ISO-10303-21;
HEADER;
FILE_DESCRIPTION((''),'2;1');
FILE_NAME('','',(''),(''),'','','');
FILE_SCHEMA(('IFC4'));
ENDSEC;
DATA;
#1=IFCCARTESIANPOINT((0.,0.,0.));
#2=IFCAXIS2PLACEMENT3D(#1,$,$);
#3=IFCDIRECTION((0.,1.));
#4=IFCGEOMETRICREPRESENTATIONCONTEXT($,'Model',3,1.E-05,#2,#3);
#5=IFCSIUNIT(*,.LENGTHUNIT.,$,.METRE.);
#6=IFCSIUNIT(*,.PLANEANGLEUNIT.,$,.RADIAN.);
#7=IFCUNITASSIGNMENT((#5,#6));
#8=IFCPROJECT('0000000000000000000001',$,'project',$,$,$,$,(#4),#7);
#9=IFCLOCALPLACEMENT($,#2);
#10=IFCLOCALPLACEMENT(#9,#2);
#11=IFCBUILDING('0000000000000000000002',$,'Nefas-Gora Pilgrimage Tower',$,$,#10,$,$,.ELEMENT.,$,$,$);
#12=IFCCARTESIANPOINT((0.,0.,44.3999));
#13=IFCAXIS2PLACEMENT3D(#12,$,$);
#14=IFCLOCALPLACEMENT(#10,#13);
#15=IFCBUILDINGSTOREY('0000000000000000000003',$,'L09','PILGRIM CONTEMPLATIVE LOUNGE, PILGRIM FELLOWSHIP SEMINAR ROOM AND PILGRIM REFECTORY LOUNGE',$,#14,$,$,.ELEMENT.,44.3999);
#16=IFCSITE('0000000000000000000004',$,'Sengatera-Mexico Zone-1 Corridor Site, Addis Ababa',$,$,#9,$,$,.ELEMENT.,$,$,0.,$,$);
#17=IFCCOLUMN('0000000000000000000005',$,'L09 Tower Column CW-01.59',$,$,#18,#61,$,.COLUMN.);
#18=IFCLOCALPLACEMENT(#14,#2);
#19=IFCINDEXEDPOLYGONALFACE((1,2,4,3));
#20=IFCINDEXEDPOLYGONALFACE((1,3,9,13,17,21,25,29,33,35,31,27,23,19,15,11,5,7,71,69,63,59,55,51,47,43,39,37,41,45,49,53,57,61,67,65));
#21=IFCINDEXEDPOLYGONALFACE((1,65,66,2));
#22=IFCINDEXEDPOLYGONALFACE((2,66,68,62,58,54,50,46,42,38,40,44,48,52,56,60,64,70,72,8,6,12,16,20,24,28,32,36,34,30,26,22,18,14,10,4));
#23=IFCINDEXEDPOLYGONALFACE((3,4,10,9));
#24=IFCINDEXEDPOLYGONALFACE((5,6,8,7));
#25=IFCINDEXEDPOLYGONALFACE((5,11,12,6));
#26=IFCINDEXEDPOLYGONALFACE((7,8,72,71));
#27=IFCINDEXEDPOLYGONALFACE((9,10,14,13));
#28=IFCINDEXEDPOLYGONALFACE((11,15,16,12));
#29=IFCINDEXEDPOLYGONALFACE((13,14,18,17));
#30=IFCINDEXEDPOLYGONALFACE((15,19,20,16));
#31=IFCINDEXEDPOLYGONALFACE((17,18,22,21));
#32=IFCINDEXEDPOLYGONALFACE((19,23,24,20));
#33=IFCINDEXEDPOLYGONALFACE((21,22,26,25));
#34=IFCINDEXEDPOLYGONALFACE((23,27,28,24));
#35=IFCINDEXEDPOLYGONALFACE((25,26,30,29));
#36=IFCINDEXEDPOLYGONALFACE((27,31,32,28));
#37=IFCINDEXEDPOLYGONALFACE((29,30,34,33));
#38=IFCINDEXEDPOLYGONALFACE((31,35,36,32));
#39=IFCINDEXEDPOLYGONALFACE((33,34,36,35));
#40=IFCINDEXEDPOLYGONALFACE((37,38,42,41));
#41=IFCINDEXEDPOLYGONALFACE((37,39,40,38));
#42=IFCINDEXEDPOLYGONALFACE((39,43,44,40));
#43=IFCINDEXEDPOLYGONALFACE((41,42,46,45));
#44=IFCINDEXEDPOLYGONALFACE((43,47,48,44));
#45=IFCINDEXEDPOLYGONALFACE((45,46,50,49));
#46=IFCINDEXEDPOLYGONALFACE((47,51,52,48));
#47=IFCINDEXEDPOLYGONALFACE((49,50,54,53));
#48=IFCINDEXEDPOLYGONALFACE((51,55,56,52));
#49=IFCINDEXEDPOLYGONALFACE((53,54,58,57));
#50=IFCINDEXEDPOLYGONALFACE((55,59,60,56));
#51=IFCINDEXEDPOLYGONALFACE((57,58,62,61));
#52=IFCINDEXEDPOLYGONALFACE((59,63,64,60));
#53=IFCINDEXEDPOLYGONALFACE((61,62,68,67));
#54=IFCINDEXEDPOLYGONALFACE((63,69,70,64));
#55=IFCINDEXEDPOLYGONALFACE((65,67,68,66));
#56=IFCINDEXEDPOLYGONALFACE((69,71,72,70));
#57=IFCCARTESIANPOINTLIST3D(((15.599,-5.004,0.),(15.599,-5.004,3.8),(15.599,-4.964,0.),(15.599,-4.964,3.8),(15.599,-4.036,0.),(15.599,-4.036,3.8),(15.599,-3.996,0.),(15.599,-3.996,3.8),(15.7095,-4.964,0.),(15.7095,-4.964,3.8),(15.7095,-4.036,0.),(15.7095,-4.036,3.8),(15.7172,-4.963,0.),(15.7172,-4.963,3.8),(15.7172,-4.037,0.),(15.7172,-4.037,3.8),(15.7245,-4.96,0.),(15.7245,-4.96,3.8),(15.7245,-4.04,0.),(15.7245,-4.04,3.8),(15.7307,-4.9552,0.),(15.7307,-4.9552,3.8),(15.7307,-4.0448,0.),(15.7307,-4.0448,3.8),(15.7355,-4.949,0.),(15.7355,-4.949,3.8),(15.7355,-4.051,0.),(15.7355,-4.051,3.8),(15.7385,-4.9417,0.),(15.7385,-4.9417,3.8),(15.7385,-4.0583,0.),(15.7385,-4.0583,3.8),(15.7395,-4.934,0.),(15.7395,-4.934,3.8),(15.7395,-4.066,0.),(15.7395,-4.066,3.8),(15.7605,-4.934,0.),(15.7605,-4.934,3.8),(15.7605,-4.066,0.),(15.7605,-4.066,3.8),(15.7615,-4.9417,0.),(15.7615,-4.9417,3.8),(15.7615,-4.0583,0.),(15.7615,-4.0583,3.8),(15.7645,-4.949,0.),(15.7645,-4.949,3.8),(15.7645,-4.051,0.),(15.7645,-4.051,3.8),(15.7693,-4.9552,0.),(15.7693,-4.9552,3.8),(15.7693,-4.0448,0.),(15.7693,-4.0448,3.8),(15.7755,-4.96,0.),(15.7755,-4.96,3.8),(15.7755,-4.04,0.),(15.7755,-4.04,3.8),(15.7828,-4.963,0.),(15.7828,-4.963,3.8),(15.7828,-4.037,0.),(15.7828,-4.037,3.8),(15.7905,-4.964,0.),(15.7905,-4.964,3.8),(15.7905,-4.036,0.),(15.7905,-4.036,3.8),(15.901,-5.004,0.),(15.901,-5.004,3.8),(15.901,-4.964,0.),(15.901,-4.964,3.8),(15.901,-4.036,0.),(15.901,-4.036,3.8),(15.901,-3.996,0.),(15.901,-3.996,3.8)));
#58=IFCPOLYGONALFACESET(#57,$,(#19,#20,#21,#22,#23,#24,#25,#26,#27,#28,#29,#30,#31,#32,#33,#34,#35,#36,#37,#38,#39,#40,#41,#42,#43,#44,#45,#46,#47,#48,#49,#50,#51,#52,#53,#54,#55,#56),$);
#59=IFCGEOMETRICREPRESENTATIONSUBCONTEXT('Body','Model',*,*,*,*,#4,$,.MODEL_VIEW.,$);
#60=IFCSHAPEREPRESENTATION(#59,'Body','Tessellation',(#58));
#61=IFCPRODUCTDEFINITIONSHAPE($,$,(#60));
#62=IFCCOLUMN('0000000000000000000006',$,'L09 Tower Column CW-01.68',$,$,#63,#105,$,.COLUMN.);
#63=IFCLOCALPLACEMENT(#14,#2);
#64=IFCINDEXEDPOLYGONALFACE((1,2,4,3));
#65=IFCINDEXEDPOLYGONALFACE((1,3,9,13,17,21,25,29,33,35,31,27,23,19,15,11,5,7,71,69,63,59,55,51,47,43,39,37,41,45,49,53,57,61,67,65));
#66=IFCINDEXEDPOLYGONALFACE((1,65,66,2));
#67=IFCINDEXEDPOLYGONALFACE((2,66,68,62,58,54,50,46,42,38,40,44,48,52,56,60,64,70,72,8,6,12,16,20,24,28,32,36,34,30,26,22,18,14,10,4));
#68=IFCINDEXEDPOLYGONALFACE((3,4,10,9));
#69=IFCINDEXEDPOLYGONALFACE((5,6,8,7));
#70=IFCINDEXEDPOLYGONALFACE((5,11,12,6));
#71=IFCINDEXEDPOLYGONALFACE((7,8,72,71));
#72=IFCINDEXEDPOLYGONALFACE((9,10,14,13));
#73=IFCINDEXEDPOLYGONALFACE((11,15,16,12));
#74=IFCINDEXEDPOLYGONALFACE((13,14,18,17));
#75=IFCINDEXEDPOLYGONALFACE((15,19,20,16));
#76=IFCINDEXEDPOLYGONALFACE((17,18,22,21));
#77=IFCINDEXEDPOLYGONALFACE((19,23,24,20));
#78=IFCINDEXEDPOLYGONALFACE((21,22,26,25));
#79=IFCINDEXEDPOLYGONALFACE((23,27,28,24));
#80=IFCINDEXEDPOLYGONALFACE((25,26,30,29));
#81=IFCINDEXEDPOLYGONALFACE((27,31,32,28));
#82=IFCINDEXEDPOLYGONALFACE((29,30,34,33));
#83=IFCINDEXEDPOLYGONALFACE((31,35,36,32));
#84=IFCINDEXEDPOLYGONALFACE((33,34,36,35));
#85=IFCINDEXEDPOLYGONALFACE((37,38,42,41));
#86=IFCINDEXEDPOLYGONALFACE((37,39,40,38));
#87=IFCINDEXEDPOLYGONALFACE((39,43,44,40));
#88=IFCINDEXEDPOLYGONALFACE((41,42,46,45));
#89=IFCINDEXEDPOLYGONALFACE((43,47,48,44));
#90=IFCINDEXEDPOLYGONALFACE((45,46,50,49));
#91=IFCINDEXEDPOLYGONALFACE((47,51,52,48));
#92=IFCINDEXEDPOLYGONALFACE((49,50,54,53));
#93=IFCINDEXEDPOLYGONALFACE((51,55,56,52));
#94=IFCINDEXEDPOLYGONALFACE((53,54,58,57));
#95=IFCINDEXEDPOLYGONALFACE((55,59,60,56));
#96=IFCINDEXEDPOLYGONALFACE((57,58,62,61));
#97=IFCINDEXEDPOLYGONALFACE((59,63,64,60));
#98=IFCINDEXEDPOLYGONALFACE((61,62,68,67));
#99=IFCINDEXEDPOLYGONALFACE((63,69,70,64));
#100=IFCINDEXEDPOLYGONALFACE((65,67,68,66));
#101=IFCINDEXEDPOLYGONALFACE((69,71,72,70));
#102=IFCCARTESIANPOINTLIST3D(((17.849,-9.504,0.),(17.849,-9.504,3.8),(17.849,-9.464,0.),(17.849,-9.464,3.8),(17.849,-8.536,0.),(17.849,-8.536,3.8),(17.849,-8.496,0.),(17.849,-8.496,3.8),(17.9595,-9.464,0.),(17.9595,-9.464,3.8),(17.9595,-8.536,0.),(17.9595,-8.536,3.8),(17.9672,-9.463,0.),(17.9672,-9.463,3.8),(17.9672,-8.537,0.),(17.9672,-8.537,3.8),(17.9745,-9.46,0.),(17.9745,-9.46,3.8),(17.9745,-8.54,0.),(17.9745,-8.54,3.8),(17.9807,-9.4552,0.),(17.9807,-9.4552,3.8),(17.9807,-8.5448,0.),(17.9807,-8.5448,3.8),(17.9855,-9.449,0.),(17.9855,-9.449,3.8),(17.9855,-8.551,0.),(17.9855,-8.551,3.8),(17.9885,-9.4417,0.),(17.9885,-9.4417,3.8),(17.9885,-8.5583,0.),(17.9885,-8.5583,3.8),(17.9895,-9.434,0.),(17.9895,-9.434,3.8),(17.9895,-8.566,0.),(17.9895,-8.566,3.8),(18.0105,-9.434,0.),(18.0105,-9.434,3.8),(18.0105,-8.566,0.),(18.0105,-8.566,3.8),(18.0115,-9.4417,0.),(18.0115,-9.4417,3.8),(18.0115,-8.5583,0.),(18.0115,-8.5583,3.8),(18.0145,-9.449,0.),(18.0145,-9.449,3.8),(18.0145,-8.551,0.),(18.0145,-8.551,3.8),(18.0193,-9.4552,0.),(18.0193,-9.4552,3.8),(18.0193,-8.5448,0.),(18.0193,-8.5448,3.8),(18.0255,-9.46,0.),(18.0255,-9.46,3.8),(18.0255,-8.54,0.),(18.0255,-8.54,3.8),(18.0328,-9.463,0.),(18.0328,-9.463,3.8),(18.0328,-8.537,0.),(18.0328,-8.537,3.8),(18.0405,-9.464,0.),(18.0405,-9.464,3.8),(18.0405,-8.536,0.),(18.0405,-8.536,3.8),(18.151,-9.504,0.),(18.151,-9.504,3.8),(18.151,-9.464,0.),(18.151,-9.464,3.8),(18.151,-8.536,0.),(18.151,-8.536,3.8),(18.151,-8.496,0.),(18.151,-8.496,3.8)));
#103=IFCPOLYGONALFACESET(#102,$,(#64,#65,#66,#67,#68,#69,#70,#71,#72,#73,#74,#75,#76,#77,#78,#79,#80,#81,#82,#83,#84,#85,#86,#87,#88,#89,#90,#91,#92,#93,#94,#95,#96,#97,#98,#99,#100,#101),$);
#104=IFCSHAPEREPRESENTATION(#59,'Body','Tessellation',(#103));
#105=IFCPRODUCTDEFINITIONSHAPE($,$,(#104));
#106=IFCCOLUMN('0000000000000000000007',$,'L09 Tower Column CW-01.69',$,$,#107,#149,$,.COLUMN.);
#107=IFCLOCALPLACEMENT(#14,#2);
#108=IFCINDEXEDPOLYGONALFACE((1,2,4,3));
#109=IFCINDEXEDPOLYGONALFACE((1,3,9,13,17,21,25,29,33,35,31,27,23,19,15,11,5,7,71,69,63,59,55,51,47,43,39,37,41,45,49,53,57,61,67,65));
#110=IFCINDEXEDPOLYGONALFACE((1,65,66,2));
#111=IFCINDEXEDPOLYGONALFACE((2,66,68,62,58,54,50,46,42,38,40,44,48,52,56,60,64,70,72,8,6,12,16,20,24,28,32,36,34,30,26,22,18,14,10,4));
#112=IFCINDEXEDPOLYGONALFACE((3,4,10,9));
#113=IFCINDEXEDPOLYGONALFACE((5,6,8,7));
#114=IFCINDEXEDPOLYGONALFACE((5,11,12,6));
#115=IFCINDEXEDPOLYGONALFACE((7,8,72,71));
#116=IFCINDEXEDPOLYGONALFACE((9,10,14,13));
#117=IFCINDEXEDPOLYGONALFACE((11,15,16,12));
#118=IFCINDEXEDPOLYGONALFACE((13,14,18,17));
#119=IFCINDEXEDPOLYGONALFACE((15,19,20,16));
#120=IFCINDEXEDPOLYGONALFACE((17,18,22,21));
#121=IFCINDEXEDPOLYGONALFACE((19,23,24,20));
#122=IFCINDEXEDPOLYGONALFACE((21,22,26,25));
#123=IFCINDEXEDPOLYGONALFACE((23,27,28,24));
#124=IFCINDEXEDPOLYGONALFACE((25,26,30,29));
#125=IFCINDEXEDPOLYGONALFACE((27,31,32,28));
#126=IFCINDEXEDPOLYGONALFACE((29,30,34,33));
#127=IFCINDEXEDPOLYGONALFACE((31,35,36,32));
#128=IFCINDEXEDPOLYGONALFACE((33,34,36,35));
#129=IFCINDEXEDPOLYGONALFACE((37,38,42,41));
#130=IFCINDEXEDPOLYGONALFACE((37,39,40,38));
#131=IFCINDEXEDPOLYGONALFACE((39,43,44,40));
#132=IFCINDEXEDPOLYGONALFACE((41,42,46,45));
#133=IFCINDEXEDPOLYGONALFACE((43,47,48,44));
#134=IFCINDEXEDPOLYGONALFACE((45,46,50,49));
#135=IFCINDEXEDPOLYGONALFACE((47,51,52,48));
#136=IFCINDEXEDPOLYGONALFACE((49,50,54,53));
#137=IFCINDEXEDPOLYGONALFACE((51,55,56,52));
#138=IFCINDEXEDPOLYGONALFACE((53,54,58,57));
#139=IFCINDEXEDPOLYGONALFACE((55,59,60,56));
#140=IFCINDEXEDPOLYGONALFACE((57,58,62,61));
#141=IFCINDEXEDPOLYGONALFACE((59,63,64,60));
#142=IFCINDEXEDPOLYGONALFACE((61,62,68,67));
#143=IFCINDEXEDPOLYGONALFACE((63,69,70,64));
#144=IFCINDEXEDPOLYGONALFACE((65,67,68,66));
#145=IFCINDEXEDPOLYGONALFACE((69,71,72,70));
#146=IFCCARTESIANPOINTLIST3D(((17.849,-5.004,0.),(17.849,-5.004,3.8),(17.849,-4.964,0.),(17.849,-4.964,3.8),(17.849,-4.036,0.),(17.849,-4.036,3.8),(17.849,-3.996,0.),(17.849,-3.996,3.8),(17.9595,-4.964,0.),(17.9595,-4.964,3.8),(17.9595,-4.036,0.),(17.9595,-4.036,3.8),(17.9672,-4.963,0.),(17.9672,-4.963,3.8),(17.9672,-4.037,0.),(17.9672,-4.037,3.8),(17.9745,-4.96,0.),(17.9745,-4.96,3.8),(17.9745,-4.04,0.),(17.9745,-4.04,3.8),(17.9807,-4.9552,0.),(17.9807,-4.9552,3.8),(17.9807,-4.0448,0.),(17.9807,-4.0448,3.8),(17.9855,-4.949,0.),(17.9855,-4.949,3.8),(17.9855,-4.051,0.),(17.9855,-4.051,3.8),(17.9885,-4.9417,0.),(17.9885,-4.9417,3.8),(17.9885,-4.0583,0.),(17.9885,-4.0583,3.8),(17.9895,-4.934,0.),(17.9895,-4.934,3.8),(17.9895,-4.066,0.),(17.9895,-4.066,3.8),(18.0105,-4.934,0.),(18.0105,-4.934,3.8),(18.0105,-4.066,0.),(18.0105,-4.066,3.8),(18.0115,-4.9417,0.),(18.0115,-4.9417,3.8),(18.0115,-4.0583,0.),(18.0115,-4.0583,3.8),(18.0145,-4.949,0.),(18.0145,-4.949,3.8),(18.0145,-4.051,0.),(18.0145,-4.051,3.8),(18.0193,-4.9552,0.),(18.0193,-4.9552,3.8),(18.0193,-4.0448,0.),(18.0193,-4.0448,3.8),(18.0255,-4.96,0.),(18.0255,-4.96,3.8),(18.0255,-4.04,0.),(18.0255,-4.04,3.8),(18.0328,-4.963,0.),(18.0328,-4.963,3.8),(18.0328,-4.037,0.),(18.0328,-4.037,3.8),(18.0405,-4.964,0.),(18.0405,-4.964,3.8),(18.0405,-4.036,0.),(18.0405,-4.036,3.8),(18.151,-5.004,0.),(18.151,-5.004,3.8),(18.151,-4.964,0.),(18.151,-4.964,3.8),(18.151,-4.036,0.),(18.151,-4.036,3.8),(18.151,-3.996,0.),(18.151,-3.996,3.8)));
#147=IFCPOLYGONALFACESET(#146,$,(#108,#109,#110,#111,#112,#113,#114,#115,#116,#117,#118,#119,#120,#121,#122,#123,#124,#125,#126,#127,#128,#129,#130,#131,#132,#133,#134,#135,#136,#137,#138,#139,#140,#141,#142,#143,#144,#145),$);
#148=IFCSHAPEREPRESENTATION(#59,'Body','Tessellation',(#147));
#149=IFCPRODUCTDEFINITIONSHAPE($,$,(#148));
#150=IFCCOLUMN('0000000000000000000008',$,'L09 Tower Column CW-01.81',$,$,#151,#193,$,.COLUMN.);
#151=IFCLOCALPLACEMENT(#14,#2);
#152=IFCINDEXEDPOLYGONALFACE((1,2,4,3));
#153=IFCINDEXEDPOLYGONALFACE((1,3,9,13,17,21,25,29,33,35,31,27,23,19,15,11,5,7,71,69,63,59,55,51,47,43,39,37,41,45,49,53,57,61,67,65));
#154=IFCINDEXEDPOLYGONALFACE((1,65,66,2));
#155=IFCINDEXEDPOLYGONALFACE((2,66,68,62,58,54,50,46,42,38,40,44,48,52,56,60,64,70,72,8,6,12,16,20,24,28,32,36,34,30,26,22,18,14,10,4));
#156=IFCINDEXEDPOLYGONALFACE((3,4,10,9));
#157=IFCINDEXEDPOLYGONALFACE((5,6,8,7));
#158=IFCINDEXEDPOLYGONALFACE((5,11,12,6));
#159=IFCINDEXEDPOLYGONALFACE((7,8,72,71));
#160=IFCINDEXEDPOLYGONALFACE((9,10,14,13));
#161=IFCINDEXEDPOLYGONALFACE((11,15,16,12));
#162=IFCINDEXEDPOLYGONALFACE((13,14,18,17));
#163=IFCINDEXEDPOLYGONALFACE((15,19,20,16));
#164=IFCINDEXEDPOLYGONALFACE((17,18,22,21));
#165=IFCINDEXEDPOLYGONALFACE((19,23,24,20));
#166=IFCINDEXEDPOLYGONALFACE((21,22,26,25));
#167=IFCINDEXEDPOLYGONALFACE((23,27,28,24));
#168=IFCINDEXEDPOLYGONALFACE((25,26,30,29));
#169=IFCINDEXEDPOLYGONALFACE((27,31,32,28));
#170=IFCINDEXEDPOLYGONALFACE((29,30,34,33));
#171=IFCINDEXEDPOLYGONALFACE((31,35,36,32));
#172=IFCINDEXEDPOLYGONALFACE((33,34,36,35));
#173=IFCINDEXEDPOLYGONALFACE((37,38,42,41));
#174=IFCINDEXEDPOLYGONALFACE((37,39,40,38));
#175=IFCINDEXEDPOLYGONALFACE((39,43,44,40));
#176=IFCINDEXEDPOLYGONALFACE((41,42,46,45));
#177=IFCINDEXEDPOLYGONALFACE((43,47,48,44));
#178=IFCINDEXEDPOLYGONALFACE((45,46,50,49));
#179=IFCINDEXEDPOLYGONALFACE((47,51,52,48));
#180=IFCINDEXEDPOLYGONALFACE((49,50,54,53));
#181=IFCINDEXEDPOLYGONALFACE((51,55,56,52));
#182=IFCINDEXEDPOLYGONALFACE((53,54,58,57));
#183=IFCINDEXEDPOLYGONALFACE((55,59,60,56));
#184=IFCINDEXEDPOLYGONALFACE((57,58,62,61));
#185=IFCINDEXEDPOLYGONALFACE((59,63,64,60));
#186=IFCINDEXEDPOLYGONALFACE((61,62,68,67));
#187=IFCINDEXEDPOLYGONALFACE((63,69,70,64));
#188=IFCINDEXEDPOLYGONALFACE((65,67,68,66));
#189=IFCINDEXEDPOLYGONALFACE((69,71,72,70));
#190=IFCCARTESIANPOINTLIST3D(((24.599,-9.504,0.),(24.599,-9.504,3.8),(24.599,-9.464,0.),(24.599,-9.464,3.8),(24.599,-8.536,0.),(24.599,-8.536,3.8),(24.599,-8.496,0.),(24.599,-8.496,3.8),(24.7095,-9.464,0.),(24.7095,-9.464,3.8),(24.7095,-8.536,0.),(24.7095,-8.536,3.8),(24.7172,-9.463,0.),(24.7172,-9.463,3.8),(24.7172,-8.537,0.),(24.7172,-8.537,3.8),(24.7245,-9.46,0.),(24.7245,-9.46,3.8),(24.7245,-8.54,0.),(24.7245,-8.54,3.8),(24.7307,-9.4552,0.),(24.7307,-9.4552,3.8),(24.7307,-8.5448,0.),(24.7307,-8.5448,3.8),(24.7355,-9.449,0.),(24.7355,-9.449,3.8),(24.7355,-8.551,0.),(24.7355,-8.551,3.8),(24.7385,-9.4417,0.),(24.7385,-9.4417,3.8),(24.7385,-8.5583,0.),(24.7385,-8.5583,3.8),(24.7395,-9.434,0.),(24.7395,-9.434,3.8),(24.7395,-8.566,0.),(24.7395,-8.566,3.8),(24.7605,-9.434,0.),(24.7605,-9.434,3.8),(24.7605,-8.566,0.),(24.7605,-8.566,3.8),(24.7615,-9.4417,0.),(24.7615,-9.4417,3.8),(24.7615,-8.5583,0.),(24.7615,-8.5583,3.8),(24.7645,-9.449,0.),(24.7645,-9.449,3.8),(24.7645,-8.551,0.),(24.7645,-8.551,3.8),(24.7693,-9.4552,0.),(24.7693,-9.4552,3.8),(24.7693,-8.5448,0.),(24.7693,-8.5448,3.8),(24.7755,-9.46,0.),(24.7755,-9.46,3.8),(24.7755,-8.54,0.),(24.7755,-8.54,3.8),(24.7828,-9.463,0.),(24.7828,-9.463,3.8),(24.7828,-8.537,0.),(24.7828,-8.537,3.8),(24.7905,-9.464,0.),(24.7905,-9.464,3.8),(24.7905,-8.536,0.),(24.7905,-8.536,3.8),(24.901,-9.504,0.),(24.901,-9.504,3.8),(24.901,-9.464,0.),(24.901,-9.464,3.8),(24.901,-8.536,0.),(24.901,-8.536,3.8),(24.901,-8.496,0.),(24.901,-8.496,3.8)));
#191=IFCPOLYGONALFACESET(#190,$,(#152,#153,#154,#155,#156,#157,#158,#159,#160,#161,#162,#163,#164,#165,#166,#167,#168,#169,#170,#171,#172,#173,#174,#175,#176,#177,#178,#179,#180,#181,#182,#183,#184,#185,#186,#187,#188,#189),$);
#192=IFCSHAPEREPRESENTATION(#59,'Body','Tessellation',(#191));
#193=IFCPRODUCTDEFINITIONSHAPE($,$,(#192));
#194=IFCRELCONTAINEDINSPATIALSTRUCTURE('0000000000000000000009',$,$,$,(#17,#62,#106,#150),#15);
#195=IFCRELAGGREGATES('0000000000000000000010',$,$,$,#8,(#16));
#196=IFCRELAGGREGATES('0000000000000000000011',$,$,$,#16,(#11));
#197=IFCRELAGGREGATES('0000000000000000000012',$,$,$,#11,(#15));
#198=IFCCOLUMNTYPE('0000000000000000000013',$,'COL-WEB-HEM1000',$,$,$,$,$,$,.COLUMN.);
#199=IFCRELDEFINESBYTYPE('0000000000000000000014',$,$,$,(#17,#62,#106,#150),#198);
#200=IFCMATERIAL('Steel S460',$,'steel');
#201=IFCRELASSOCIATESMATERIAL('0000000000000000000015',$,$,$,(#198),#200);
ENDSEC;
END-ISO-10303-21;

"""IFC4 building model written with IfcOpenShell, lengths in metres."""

from ifc_helpers import new_model, si_unit, direction, frame, origin, origin_2d, place, context, subcontext, project, spatial, i_section, extrude, source, transform, mapped, material, material_profile, profile_set, type_object, element, save


model = new_model("IFC4")

# Units and contexts
model_context = context("Model", 3, precision=1e-05, world=origin(), true_north=direction((0.0, 1.0)))
body_context = subcontext(model_context, "Body", "Model", "MODEL_VIEW")
ifc_project = project(units=[si_unit("LENGTHUNIT", "METRE"), si_unit("PLANEANGLEUNIT", "RADIAN")], contexts=[model_context])

# Site, building, storey
site_placement = place(None, origin())
site = spatial("IfcSite", under=ifc_project, at=site_placement, Name="Sengatera-Mexico Zone-1 Corridor Site, Addis Ababa", CompositionType="ELEMENT", RefElevation=0.0)
building_placement = place(site_placement, origin())
building = spatial("IfcBuilding", under=site, at=building_placement, Name="Nefas-Gora Pilgrimage Tower", CompositionType="ELEMENT")
storey_placement = place(building_placement, frame((0.0, 0.0, 44.3999)))
storey = spatial("IfcBuildingStorey", under=building, at=storey_placement, Name="L09", Description="PILGRIM CONTEMPLATIVE LOUNGE, PILGRIM FELLOWSHIP SEMINAR ROOM AND PILGRIM REFECTORY LOUNGE", CompositionType="ELEMENT", Elevation=44.3999)

# Columns
ifc_material_1 = material(Name="Steel S460", Category="steel")
ifc_material_profile_1 = material_profile(ifc_material_1, i_section(OverallWidth=0.302, OverallDepth=1.0081, WebThickness=0.021, FlangeThickness=0.04, FilletRadius=0.03, at=origin_2d()), Name="HEM 1000")
ifc_profile_set_1 = profile_set([ifc_material_profile_1], Name="Steel S460")
column_type_1 = type_object("IfcColumnType", Name="COL-WEB-HEM1000", PredefinedType="COLUMN", material=ifc_profile_set_1)
shared_shape_1 = source(origin(), body_context, "Body", "SweptSolid", [
    extrude(i_section(OverallWidth=0.302, OverallDepth=1.0081, WebThickness=0.021, FlangeThickness=0.04, FilletRadius=0.03, at=origin_2d()), origin(), (0.0, 0.0, 1.0), 3.8),
])
for number, where, z_axis, x_axis, name in (
    (1, (15.75, -4.5, 0.0), (0.0, 0.0, 1.0), (1.0, 0.0, 0.0), "L09 Tower Column CW-01.59"),
    (2, (18.0, -9.0, 0.0), (0.0, 0.0, 1.0), (1.0, 0.0, 0.0), "L09 Tower Column CW-01.68"),
    (3, (18.0, -4.5, 0.0), (0.0, 0.0, 1.0), (1.0, 0.0, 0.0), "L09 Tower Column CW-01.69"),
    (4, (24.75, -9.0, 0.0), (0.0, 0.0, 1.0), (1.0, 0.0, 0.0), "L09 Tower Column CW-01.81"),
):
    element("IfcColumn", number, at=place(storey_placement, frame(where, z_axis=z_axis, x_axis=x_axis)), inside=storey, type_object=column_type_1, Name=name, PredefinedType="COLUMN", context=body_context, shape_type="MappedRepresentation", body=[
        mapped(shared_shape_1, transform((0.0, 0.0, 0.0), x_axis=(1.0, 0.0, 0.0), y_axis=(0.0, 1.0, 0.0), z_axis=(0.0, 0.0, 1.0), scale=1.0)),
    ])

save(model, "model.ifc")
